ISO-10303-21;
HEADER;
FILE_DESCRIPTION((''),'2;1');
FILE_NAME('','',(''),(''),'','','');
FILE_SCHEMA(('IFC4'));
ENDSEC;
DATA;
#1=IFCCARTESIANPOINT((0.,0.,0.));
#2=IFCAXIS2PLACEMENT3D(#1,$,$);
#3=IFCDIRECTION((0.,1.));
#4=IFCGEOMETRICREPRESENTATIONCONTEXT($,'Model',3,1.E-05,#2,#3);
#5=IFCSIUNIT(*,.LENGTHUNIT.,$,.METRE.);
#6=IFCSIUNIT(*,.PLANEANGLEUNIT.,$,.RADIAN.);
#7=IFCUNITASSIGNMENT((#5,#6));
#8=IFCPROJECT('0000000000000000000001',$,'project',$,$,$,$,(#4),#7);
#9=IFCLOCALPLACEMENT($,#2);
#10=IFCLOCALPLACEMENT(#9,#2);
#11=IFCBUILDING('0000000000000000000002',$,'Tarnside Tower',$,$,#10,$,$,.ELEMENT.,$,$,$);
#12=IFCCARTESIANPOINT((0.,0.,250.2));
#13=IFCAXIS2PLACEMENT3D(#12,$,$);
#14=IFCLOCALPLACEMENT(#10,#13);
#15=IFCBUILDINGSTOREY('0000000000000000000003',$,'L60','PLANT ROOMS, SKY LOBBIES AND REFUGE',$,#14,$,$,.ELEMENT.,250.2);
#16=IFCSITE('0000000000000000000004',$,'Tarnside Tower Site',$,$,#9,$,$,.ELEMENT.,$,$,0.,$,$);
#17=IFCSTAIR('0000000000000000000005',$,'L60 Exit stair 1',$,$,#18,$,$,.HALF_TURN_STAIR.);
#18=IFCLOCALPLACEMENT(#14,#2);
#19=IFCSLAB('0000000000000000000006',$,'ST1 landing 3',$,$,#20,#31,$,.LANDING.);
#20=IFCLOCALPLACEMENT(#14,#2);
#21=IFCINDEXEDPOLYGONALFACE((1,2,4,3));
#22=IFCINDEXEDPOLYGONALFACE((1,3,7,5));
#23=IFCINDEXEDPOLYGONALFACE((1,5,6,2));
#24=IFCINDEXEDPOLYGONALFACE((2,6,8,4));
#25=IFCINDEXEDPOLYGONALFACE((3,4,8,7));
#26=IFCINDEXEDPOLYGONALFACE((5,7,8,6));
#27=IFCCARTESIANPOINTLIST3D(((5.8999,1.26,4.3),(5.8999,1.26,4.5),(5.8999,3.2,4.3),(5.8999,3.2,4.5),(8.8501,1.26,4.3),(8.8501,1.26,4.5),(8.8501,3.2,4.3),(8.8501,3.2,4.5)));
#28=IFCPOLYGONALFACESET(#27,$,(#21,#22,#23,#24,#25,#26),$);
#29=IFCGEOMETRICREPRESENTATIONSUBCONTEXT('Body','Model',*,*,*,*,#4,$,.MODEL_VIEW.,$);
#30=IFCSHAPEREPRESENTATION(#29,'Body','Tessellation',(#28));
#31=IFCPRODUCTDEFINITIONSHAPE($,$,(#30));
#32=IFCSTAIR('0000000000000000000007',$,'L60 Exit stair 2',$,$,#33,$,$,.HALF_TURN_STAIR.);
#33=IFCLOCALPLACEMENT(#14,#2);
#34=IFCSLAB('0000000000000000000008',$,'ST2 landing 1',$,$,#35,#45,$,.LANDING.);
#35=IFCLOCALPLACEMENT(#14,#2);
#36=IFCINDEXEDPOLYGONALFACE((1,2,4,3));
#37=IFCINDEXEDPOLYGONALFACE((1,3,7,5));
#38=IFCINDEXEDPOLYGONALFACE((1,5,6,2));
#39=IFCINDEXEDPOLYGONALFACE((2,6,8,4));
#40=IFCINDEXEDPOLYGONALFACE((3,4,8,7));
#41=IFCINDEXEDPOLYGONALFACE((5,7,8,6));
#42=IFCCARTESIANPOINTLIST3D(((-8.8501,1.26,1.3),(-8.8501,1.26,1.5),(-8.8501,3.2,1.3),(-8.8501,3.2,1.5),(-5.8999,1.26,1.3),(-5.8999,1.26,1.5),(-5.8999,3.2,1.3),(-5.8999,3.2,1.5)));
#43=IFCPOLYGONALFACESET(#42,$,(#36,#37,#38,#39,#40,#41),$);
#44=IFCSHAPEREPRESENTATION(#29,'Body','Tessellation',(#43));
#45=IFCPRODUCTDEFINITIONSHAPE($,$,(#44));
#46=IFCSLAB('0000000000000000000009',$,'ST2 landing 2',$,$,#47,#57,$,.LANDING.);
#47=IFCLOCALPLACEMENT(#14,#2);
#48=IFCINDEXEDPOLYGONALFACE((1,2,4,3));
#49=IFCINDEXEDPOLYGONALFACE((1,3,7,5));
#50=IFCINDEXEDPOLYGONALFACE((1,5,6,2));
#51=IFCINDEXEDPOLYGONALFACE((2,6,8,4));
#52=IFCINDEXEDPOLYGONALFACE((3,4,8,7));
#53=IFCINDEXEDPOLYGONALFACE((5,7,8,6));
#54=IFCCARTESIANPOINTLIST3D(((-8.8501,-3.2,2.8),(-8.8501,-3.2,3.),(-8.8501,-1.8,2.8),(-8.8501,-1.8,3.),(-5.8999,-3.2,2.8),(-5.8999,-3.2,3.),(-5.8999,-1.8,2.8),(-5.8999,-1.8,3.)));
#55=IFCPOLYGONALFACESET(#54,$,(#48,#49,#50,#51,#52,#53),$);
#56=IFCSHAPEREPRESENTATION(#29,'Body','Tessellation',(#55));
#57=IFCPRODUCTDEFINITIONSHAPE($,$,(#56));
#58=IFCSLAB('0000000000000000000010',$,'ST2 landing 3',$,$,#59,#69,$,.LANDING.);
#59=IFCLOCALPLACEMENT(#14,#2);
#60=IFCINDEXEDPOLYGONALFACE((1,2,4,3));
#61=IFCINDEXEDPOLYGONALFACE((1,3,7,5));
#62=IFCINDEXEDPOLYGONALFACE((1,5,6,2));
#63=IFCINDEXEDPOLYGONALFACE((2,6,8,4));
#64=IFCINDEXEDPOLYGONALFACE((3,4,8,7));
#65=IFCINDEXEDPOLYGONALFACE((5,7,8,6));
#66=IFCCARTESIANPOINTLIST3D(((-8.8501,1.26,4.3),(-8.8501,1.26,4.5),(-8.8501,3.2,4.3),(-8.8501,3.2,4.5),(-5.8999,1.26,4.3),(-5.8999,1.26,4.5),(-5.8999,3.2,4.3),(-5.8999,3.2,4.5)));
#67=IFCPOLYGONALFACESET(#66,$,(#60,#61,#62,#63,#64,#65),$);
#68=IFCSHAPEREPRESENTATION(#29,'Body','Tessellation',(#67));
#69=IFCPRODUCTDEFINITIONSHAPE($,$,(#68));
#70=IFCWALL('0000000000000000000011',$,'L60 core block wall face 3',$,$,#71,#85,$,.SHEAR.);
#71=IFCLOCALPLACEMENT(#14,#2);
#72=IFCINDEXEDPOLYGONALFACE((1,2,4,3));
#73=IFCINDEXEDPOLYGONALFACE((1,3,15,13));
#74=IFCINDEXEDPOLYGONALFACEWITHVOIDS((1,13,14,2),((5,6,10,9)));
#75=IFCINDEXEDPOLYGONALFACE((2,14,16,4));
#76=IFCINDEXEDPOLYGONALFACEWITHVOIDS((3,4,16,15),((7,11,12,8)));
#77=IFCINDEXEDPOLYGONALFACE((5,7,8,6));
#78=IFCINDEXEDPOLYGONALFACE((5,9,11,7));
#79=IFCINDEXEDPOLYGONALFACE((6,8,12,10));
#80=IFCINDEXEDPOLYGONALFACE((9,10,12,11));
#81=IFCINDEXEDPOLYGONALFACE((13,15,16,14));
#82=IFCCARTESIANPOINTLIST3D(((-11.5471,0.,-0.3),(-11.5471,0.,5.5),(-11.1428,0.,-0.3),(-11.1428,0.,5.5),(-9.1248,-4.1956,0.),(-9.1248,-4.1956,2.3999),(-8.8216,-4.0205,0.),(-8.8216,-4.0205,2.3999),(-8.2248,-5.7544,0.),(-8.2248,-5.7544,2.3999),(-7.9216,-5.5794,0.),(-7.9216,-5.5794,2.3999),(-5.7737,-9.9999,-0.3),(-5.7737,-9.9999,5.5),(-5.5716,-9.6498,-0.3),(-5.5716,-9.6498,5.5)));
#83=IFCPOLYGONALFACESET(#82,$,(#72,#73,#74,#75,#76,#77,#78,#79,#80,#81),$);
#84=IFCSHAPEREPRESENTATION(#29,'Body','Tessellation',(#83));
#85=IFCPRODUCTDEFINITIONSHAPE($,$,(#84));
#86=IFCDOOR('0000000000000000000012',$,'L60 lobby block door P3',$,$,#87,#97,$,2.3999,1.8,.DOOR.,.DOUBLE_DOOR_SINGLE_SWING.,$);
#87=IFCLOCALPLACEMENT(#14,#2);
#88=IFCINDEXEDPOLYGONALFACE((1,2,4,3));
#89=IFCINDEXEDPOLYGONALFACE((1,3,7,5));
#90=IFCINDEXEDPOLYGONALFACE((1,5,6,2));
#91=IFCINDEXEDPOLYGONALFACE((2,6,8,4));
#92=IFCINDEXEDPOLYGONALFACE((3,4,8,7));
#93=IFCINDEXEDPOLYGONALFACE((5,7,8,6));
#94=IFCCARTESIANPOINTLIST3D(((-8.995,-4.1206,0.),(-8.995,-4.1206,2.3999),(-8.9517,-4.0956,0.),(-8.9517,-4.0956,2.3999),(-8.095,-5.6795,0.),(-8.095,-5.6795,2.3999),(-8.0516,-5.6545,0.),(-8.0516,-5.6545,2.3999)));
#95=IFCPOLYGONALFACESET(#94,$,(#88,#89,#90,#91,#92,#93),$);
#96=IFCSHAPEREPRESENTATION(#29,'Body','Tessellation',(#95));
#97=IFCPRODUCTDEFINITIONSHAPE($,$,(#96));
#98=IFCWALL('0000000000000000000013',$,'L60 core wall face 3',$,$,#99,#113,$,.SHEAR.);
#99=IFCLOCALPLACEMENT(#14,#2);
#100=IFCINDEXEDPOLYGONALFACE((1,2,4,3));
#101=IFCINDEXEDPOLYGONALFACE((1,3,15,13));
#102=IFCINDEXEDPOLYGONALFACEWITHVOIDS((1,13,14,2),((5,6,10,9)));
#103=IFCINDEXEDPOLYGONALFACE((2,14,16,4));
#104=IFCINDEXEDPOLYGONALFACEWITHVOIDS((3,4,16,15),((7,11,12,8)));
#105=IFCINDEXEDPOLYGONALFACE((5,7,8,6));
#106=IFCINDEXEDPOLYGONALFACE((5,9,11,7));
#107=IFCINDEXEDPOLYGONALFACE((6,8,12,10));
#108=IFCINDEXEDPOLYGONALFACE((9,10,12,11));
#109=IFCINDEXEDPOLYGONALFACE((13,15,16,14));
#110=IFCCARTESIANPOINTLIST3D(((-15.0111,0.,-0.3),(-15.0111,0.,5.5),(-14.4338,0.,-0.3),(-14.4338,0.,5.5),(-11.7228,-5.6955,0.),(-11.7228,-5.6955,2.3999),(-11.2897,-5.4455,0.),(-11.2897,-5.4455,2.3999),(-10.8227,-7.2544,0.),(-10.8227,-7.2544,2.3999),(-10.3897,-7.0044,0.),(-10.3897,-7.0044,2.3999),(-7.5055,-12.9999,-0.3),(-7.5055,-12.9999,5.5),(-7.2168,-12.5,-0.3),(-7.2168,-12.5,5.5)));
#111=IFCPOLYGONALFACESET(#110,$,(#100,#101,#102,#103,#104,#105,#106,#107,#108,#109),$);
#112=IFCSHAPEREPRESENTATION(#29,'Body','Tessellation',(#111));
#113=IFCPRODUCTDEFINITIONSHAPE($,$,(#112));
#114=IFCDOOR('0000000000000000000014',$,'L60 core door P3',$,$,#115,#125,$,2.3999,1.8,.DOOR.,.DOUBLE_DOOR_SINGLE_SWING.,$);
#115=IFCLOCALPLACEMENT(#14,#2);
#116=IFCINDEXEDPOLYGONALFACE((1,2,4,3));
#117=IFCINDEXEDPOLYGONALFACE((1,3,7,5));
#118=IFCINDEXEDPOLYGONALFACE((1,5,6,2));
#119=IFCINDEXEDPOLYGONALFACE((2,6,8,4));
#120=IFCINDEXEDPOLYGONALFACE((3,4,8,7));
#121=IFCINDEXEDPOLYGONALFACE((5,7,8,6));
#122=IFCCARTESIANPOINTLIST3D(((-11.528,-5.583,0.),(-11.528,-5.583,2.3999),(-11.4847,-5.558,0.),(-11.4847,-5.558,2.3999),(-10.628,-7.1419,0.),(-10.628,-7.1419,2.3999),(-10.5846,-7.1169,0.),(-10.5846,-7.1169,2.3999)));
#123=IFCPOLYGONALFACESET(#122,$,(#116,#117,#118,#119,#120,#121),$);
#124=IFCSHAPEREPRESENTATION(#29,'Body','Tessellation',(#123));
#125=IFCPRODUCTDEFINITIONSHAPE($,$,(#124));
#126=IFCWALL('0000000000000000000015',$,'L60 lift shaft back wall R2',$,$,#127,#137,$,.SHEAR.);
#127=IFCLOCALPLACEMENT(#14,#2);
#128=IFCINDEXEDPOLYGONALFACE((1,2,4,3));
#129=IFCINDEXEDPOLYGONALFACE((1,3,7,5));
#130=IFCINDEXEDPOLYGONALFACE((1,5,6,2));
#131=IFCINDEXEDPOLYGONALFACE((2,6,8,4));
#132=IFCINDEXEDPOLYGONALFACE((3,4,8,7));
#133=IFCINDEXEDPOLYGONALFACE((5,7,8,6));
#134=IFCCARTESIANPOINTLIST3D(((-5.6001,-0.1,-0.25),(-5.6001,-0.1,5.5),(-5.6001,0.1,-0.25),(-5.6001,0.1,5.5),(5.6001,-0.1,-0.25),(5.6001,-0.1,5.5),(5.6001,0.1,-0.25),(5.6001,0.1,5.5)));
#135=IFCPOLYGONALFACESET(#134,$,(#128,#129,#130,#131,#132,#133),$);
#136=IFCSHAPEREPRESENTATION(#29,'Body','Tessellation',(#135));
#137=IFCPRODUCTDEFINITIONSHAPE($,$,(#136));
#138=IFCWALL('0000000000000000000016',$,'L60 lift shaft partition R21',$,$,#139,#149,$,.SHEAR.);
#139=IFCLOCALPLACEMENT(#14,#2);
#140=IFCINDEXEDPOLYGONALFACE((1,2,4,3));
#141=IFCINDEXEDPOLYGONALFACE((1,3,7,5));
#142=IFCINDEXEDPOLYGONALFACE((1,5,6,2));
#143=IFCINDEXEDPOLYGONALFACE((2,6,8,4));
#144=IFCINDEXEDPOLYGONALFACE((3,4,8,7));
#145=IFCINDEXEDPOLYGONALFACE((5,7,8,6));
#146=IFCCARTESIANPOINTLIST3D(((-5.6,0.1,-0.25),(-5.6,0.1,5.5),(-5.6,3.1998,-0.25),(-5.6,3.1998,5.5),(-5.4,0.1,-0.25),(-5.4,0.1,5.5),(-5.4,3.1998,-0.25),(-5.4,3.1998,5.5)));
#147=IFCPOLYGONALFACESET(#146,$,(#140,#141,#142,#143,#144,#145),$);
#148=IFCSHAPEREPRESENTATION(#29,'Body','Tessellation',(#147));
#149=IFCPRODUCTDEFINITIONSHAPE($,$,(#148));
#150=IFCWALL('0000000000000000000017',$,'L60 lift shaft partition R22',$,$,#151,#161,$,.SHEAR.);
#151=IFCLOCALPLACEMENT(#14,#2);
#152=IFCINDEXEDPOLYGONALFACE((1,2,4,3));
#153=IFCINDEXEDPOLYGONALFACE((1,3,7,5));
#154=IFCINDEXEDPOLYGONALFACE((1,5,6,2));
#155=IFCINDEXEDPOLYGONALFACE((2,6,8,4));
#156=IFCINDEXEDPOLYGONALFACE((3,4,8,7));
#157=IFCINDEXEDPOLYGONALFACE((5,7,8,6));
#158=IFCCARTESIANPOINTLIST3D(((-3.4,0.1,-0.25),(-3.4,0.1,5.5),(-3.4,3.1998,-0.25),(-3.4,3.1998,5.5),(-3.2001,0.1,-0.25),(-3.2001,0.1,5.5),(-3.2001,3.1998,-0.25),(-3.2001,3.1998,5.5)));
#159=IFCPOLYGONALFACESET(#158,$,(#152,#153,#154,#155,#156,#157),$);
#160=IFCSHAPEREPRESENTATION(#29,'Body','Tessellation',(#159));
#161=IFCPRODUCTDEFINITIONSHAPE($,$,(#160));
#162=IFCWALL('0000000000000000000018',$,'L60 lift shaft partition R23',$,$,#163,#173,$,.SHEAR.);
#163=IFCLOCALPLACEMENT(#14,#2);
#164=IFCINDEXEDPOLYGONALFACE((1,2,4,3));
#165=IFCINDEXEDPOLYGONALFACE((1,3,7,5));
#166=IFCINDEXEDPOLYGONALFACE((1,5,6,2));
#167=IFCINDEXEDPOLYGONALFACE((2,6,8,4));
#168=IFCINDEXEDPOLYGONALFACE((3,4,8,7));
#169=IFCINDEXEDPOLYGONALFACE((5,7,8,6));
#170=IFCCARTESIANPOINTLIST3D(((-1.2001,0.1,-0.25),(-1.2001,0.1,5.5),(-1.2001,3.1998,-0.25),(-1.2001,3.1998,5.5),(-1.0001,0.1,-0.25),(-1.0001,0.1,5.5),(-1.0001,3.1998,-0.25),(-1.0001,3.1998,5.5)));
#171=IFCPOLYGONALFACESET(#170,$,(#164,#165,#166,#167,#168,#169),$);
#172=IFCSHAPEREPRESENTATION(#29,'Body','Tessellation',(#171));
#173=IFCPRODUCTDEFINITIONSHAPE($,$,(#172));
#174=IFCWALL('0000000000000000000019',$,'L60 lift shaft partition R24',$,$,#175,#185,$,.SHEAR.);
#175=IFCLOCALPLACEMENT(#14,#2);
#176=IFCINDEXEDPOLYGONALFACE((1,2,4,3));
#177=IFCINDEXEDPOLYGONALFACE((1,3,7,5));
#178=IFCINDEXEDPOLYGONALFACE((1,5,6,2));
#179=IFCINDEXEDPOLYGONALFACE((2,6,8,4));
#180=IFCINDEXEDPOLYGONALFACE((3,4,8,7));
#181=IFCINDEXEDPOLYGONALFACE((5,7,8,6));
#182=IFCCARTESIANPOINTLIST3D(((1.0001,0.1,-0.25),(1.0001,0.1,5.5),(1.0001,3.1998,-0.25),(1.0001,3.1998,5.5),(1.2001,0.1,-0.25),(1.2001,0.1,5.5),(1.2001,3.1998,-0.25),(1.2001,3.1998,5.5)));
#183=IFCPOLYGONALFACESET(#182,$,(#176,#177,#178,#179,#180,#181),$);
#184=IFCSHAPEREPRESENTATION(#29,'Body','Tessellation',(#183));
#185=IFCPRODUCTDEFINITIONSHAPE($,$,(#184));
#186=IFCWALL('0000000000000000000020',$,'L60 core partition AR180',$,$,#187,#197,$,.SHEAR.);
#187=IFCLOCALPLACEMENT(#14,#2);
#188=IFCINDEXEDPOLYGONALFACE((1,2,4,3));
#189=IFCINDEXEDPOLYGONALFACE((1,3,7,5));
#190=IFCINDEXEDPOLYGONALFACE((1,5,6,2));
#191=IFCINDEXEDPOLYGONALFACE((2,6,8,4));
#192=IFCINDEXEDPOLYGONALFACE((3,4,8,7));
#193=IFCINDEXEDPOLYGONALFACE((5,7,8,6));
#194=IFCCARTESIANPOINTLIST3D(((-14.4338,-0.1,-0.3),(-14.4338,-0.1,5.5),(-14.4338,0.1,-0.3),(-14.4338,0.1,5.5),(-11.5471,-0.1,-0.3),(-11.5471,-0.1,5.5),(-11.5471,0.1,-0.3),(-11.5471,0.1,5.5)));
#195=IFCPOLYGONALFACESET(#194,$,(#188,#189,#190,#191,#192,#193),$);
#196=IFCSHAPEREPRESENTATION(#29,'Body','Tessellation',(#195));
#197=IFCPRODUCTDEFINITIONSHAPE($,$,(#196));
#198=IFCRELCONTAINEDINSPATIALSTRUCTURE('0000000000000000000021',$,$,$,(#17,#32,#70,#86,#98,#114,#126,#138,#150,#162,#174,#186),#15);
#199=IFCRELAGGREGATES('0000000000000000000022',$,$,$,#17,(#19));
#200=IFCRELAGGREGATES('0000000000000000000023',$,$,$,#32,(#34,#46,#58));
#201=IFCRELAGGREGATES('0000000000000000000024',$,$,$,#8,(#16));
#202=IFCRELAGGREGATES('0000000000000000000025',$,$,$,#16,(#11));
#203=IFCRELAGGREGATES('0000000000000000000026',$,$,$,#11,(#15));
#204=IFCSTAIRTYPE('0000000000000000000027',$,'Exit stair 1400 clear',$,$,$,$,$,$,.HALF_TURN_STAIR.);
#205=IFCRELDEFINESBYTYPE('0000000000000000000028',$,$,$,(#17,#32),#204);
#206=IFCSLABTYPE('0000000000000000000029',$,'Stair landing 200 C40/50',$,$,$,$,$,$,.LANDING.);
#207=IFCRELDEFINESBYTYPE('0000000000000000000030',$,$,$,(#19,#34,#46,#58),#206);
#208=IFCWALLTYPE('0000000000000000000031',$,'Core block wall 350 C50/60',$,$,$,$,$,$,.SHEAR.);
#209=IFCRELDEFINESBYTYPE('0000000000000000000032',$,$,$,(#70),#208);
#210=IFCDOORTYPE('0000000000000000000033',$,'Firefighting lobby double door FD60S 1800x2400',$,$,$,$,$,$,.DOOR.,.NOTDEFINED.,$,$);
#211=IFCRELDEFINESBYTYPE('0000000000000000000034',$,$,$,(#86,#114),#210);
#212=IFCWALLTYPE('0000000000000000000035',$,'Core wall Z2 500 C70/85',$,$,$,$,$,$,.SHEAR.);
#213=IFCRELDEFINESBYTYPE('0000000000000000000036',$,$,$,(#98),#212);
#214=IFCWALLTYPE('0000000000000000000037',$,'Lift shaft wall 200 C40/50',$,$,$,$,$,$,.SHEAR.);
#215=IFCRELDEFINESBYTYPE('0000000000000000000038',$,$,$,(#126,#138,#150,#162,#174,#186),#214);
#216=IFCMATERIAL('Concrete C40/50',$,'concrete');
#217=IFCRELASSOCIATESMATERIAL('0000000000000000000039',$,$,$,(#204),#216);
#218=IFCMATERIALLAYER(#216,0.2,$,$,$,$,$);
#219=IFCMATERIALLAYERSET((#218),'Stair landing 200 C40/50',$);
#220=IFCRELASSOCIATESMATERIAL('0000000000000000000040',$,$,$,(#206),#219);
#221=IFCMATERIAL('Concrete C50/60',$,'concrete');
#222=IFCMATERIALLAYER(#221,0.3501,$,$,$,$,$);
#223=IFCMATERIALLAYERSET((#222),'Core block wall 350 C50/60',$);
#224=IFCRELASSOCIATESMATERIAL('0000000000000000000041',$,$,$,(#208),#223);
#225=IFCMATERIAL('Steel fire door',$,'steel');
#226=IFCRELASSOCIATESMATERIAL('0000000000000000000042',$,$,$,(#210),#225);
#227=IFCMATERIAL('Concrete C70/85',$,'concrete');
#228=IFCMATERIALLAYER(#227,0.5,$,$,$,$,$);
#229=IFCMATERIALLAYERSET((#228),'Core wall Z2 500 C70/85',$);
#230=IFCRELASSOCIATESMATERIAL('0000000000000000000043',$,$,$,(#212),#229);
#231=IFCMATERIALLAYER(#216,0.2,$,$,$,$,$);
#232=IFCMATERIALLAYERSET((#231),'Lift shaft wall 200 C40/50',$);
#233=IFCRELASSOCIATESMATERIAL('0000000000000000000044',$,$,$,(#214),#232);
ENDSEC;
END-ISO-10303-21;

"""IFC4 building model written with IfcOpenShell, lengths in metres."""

from ifc_helpers import new_model, si_unit, direction, frame, frame_2d, origin, place, context, subcontext, project, spatial, polyline, rectangle, outline, extrude, material, layer, layer_set, type_object, element, fill, aggregate, save


model = new_model("IFC4")

# Units and contexts
model_context = context("Model", 3, precision=1e-05, world=origin(), true_north=direction((0.0, 1.0)))
body_context = subcontext(model_context, "Body", "Model", "MODEL_VIEW")
ifc_project = project(units=[si_unit("LENGTHUNIT", "METRE"), si_unit("PLANEANGLEUNIT", "RADIAN")], contexts=[model_context])

# Site, building, storey
site_placement = place(None, origin())
site = spatial("IfcSite", under=ifc_project, at=site_placement, Name="Tarnside Tower Site", CompositionType="ELEMENT", RefElevation=0.0)
building_placement = place(site_placement, origin())
building = spatial("IfcBuilding", under=site, at=building_placement, Name="Tarnside Tower", CompositionType="ELEMENT")
storey_placement = place(building_placement, frame((0.0, 0.0, 250.2)))
storey = spatial("IfcBuildingStorey", under=building, at=storey_placement, Name="L60", Description="PLANT ROOMS, SKY LOBBIES AND REFUGE", CompositionType="ELEMENT", Elevation=250.2)

# Shared definitions
ifc_material_1 = material(Name="Concrete C40/50", Category="concrete")

# Stairs, slabs
stair_type = type_object("IfcStairType", Name="Exit stair 1400 clear", PredefinedType="HALF_TURN_STAIR", material=ifc_material_1)
stair_1_placement = place(storey_placement, origin())
stair_1 = element("IfcStair", 1, at=stair_1_placement, inside=storey, type_object=stair_type, Name="L60 Exit stair 1", PredefinedType="HALF_TURN_STAIR")
ifc_layer_1 = layer(ifc_material_1, 0.2)
ifc_layer_set_1 = layer_set([ifc_layer_1], Name="Stair landing 200 C40/50")
slab_type_1 = type_object("IfcSlabType", Name="Stair landing 200 C40/50", PredefinedType="LANDING", material=ifc_layer_set_1)
slab_1_placement = place(storey_placement, frame((0.0, 0.0, 4.3)))
slab_1 = element("IfcSlab", 2, at=slab_1_placement, type_object=slab_type_1, Name="ST1 landing 3", PredefinedType="LANDING", context=body_context, shape_type="SweptSolid", body=[
    extrude(outline(polyline([(8.8501, 1.26), (8.8501, 3.2), (5.8999, 3.2), (5.8999, 1.26), (8.8501, 1.26)])), origin(), (0.0, 0.0, 1.0), 0.2),
])
aggregate(stair_1, [slab_1])
stair_2_placement = place(storey_placement, origin())
stair_2 = element("IfcStair", 3, at=stair_2_placement, inside=storey, type_object=stair_type, Name="L60 Exit stair 2", PredefinedType="HALF_TURN_STAIR")
slab_2_placement = place(storey_placement, frame((0.0, 0.0, 1.3)))
slab_2 = element("IfcSlab", 4, at=slab_2_placement, type_object=slab_type_1, Name="ST2 landing 1", PredefinedType="LANDING", context=body_context, shape_type="SweptSolid", body=[
    extrude(outline(polyline([(-5.8999, 1.26), (-5.8999, 3.2), (-8.8501, 3.2), (-8.8501, 1.26), (-5.8999, 1.26)])), origin(), (0.0, 0.0, 1.0), 0.2),
])
slab_3_placement = place(storey_placement, frame((0.0, 0.0, 2.8)))
slab_3 = element("IfcSlab", 5, at=slab_3_placement, type_object=slab_type_1, Name="ST2 landing 2", PredefinedType="LANDING", context=body_context, shape_type="SweptSolid", body=[
    extrude(outline(polyline([(-5.8999, -3.2), (-5.8999, -1.8), (-8.8501, -1.8), (-8.8501, -3.2), (-5.8999, -3.2)])), origin(), (0.0, 0.0, 1.0), 0.2),
])
slab_4_placement = place(storey_placement, frame((0.0, 0.0, 4.3)))
slab_4 = element("IfcSlab", 6, at=slab_4_placement, type_object=slab_type_1, Name="ST2 landing 3", PredefinedType="LANDING", context=body_context, shape_type="SweptSolid", body=[
    extrude(outline(polyline([(-5.8999, 1.26), (-5.8999, 3.2), (-8.8501, 3.2), (-8.8501, 1.26), (-5.8999, 1.26)])), origin(), (0.0, 0.0, 1.0), 0.2),
])
aggregate(stair_2, [slab_2, slab_3, slab_4])

# Walls, openings, doors
ifc_material_2 = material(Name="Concrete C50/60", Category="concrete")
ifc_layer_2 = layer(ifc_material_2, 0.3501)
ifc_layer_set_2 = layer_set([ifc_layer_2], Name="Core block wall 350 C50/60")
wall_type_1 = type_object("IfcWallType", Name="Core block wall 350 C50/60", PredefinedType="SHEAR", material=ifc_layer_set_2)
wall_1_placement = place(storey_placement, frame((-11.345, 0.0, -0.3), z_axis=(0.0, 0.0, 1.0), x_axis=(0.499995, -0.866028, 0.0)))
wall_1 = element("IfcWall", 7, at=wall_1_placement, inside=storey, type_object=wall_type_1, Name="L60 core block wall face 3", PredefinedType="SHEAR", context=body_context, shape_type="SweptSolid", body=[
    extrude(outline(polyline([(-0.1011, -0.175), (11.4458, -0.175), (11.2437, 0.175), (0.1011, 0.175), (-0.1011, -0.175)])), origin(), (0.0, 0.0, 1.0), 5.8),
])
opening_1_placement = place(wall_1_placement, frame((4.7437, 0.0, 0.3)))
opening_1 = element("IfcOpeningElement", 8, at=opening_1_placement, cuts=wall_1, PredefinedType="OPENING", context=body_context, shape_type="SweptSolid", body=[
    extrude(rectangle(XDim=1.8, YDim=2.3999, at=frame_2d((0.8999, 1.2))), frame((0.0, 0.1851, 0.0), z_axis=(0.0, -1.0, 0.0), x_axis=(1.0, 0.0, 0.0)), (0.0, 0.0, 1.0), 0.3701),
])
ifc_material_3 = material(Name="Steel fire door", Category="steel")
door_type_1 = type_object("IfcDoorType", Name="Firefighting lobby double door FD60S 1800x2400", OperationType="NOTDEFINED", PredefinedType="DOOR", material=ifc_material_3)
door_1_placement = place(opening_1_placement, origin())
door_1 = element("IfcDoor", 9, at=door_1_placement, inside=storey, type_object=door_type_1, Name="L60 lobby block door P3", OperationType="DOUBLE_DOOR_SINGLE_SWING", OverallHeight=2.3999, OverallWidth=1.8, PredefinedType="DOOR", context=body_context, shape_type="SweptSolid", body=[
    extrude(rectangle(XDim=1.8, YDim=2.3999, at=frame_2d((0.8999, 1.2))), frame((0.0, 0.0249, 0.0), z_axis=(0.0, -1.0, 0.0), x_axis=(1.0, 0.0, 0.0)), (0.0, 0.0, 1.0), 0.05),
])
fill(opening_1, door_1)
ifc_material_4 = material(Name="Concrete C70/85", Category="concrete")
ifc_layer_3 = layer(ifc_material_4, 0.5)
ifc_layer_set_3 = layer_set([ifc_layer_3], Name="Core wall Z2 500 C70/85")
wall_type_2 = type_object("IfcWallType", Name="Core wall Z2 500 C70/85", PredefinedType="SHEAR", material=ifc_layer_set_3)
wall_2_placement = place(storey_placement, frame((-14.7224, 0.0, -0.3), z_axis=(0.0, 0.0, 1.0), x_axis=(0.500006, -0.866022, 0.0)))
wall_2 = element("IfcWall", 10, at=wall_2_placement, inside=storey, type_object=wall_type_2, Name="L60 core wall face 3", PredefinedType="SHEAR", context=body_context, shape_type="SweptSolid", body=[
    extrude(outline(polyline([(-0.1443, -0.25), (14.8667, -0.25), (14.5781, 0.25), (0.1443, 0.25), (-0.1443, -0.25)])), origin(), (0.0, 0.0, 1.0), 5.8),
])
opening_2_placement = place(wall_2_placement, frame((6.4324, 0.0, 0.3)))
opening_2 = element("IfcOpeningElement", 11, at=opening_2_placement, cuts=wall_2, PredefinedType="OPENING", context=body_context, shape_type="SweptSolid", body=[
    extrude(rectangle(XDim=1.8, YDim=2.3999, at=frame_2d((0.8999, 1.2))), frame((0.0, 0.26, 0.0), z_axis=(0.0, -1.0, 0.0), x_axis=(1.0, 0.0, 0.0)), (0.0, 0.0, 1.0), 0.52),
])
door_2_placement = place(opening_2_placement, origin())
door_2 = element("IfcDoor", 12, at=door_2_placement, inside=storey, type_object=door_type_1, Name="L60 core door P3", OperationType="DOUBLE_DOOR_SINGLE_SWING", OverallHeight=2.3999, OverallWidth=1.8, PredefinedType="DOOR", context=body_context, shape_type="SweptSolid", body=[
    extrude(rectangle(XDim=1.8, YDim=2.3999, at=frame_2d((0.8999, 1.2))), frame((0.0, 0.0249, 0.0), z_axis=(0.0, -1.0, 0.0), x_axis=(1.0, 0.0, 0.0)), (0.0, 0.0, 1.0), 0.05),
])
fill(opening_2, door_2)

# Walls
ifc_layer_4 = layer(ifc_material_1, 0.2)
ifc_layer_set_4 = layer_set([ifc_layer_4], Name="Lift shaft wall 200 C40/50")
wall_type_3 = type_object("IfcWallType", Name="Lift shaft wall 200 C40/50", PredefinedType="SHEAR", material=ifc_layer_set_4)
wall_3_placement = place(storey_placement, frame((-5.6001, 0.0, -0.25), z_axis=(0.0, 0.0, 1.0), x_axis=(1.0, 0.0, 0.0)))
element("IfcWall", 13, at=wall_3_placement, inside=storey, type_object=wall_type_3, Name="L60 lift shaft back wall R2", PredefinedType="SHEAR", context=body_context, shape_type="SweptSolid", body=[
    extrude(rectangle(XDim=11.2002, YDim=0.2, at=frame_2d((5.6001, 0.0))), origin(), (0.0, 0.0, 1.0), 5.75),
])
for number, where, z_axis, x_axis, name in (
    (14, (-5.5, 0.1001, -0.25), (0.0, 0.0, 1.0), (0.0, 1.0, 0.0), "L60 lift shaft partition R21"),
    (15, (-3.3, 0.1001, -0.25), (0.0, 0.0, 1.0), (0.0, 1.0, 0.0), "L60 lift shaft partition R22"),
    (16, (-1.1001, 0.1001, -0.25), (0.0, 0.0, 1.0), (0.0, 1.0, 0.0), "L60 lift shaft partition R23"),
    (17, (1.1001, 0.1001, -0.25), (0.0, 0.0, 1.0), (0.0, 1.0, 0.0), "L60 lift shaft partition R24"),
):
    element("IfcWall", number, at=place(storey_placement, frame(where, z_axis=z_axis, x_axis=x_axis)), inside=storey, type_object=wall_type_3, Name=name, PredefinedType="SHEAR", context=body_context, shape_type="SweptSolid", body=[
        extrude(rectangle(XDim=3.0999, YDim=0.2, at=frame_2d((1.5498, 0.0))), origin(), (0.0, 0.0, 1.0), 5.75),
    ])
wall_4_placement = place(storey_placement, frame((-11.5471, 0.0, -0.3), z_axis=(0.0, 0.0, 1.0), x_axis=(-1.0, 0.0, 0.0)))
element("IfcWall", 18, at=wall_4_placement, inside=storey, type_object=wall_type_3, Name="L60 core partition AR180", PredefinedType="SHEAR", context=body_context, shape_type="SweptSolid", body=[
    extrude(rectangle(XDim=2.8867, YDim=0.2, at=frame_2d((1.4434, 0.0))), origin(), (0.0, 0.0, 1.0), 5.8),
])

save(model, "model.ifc")
